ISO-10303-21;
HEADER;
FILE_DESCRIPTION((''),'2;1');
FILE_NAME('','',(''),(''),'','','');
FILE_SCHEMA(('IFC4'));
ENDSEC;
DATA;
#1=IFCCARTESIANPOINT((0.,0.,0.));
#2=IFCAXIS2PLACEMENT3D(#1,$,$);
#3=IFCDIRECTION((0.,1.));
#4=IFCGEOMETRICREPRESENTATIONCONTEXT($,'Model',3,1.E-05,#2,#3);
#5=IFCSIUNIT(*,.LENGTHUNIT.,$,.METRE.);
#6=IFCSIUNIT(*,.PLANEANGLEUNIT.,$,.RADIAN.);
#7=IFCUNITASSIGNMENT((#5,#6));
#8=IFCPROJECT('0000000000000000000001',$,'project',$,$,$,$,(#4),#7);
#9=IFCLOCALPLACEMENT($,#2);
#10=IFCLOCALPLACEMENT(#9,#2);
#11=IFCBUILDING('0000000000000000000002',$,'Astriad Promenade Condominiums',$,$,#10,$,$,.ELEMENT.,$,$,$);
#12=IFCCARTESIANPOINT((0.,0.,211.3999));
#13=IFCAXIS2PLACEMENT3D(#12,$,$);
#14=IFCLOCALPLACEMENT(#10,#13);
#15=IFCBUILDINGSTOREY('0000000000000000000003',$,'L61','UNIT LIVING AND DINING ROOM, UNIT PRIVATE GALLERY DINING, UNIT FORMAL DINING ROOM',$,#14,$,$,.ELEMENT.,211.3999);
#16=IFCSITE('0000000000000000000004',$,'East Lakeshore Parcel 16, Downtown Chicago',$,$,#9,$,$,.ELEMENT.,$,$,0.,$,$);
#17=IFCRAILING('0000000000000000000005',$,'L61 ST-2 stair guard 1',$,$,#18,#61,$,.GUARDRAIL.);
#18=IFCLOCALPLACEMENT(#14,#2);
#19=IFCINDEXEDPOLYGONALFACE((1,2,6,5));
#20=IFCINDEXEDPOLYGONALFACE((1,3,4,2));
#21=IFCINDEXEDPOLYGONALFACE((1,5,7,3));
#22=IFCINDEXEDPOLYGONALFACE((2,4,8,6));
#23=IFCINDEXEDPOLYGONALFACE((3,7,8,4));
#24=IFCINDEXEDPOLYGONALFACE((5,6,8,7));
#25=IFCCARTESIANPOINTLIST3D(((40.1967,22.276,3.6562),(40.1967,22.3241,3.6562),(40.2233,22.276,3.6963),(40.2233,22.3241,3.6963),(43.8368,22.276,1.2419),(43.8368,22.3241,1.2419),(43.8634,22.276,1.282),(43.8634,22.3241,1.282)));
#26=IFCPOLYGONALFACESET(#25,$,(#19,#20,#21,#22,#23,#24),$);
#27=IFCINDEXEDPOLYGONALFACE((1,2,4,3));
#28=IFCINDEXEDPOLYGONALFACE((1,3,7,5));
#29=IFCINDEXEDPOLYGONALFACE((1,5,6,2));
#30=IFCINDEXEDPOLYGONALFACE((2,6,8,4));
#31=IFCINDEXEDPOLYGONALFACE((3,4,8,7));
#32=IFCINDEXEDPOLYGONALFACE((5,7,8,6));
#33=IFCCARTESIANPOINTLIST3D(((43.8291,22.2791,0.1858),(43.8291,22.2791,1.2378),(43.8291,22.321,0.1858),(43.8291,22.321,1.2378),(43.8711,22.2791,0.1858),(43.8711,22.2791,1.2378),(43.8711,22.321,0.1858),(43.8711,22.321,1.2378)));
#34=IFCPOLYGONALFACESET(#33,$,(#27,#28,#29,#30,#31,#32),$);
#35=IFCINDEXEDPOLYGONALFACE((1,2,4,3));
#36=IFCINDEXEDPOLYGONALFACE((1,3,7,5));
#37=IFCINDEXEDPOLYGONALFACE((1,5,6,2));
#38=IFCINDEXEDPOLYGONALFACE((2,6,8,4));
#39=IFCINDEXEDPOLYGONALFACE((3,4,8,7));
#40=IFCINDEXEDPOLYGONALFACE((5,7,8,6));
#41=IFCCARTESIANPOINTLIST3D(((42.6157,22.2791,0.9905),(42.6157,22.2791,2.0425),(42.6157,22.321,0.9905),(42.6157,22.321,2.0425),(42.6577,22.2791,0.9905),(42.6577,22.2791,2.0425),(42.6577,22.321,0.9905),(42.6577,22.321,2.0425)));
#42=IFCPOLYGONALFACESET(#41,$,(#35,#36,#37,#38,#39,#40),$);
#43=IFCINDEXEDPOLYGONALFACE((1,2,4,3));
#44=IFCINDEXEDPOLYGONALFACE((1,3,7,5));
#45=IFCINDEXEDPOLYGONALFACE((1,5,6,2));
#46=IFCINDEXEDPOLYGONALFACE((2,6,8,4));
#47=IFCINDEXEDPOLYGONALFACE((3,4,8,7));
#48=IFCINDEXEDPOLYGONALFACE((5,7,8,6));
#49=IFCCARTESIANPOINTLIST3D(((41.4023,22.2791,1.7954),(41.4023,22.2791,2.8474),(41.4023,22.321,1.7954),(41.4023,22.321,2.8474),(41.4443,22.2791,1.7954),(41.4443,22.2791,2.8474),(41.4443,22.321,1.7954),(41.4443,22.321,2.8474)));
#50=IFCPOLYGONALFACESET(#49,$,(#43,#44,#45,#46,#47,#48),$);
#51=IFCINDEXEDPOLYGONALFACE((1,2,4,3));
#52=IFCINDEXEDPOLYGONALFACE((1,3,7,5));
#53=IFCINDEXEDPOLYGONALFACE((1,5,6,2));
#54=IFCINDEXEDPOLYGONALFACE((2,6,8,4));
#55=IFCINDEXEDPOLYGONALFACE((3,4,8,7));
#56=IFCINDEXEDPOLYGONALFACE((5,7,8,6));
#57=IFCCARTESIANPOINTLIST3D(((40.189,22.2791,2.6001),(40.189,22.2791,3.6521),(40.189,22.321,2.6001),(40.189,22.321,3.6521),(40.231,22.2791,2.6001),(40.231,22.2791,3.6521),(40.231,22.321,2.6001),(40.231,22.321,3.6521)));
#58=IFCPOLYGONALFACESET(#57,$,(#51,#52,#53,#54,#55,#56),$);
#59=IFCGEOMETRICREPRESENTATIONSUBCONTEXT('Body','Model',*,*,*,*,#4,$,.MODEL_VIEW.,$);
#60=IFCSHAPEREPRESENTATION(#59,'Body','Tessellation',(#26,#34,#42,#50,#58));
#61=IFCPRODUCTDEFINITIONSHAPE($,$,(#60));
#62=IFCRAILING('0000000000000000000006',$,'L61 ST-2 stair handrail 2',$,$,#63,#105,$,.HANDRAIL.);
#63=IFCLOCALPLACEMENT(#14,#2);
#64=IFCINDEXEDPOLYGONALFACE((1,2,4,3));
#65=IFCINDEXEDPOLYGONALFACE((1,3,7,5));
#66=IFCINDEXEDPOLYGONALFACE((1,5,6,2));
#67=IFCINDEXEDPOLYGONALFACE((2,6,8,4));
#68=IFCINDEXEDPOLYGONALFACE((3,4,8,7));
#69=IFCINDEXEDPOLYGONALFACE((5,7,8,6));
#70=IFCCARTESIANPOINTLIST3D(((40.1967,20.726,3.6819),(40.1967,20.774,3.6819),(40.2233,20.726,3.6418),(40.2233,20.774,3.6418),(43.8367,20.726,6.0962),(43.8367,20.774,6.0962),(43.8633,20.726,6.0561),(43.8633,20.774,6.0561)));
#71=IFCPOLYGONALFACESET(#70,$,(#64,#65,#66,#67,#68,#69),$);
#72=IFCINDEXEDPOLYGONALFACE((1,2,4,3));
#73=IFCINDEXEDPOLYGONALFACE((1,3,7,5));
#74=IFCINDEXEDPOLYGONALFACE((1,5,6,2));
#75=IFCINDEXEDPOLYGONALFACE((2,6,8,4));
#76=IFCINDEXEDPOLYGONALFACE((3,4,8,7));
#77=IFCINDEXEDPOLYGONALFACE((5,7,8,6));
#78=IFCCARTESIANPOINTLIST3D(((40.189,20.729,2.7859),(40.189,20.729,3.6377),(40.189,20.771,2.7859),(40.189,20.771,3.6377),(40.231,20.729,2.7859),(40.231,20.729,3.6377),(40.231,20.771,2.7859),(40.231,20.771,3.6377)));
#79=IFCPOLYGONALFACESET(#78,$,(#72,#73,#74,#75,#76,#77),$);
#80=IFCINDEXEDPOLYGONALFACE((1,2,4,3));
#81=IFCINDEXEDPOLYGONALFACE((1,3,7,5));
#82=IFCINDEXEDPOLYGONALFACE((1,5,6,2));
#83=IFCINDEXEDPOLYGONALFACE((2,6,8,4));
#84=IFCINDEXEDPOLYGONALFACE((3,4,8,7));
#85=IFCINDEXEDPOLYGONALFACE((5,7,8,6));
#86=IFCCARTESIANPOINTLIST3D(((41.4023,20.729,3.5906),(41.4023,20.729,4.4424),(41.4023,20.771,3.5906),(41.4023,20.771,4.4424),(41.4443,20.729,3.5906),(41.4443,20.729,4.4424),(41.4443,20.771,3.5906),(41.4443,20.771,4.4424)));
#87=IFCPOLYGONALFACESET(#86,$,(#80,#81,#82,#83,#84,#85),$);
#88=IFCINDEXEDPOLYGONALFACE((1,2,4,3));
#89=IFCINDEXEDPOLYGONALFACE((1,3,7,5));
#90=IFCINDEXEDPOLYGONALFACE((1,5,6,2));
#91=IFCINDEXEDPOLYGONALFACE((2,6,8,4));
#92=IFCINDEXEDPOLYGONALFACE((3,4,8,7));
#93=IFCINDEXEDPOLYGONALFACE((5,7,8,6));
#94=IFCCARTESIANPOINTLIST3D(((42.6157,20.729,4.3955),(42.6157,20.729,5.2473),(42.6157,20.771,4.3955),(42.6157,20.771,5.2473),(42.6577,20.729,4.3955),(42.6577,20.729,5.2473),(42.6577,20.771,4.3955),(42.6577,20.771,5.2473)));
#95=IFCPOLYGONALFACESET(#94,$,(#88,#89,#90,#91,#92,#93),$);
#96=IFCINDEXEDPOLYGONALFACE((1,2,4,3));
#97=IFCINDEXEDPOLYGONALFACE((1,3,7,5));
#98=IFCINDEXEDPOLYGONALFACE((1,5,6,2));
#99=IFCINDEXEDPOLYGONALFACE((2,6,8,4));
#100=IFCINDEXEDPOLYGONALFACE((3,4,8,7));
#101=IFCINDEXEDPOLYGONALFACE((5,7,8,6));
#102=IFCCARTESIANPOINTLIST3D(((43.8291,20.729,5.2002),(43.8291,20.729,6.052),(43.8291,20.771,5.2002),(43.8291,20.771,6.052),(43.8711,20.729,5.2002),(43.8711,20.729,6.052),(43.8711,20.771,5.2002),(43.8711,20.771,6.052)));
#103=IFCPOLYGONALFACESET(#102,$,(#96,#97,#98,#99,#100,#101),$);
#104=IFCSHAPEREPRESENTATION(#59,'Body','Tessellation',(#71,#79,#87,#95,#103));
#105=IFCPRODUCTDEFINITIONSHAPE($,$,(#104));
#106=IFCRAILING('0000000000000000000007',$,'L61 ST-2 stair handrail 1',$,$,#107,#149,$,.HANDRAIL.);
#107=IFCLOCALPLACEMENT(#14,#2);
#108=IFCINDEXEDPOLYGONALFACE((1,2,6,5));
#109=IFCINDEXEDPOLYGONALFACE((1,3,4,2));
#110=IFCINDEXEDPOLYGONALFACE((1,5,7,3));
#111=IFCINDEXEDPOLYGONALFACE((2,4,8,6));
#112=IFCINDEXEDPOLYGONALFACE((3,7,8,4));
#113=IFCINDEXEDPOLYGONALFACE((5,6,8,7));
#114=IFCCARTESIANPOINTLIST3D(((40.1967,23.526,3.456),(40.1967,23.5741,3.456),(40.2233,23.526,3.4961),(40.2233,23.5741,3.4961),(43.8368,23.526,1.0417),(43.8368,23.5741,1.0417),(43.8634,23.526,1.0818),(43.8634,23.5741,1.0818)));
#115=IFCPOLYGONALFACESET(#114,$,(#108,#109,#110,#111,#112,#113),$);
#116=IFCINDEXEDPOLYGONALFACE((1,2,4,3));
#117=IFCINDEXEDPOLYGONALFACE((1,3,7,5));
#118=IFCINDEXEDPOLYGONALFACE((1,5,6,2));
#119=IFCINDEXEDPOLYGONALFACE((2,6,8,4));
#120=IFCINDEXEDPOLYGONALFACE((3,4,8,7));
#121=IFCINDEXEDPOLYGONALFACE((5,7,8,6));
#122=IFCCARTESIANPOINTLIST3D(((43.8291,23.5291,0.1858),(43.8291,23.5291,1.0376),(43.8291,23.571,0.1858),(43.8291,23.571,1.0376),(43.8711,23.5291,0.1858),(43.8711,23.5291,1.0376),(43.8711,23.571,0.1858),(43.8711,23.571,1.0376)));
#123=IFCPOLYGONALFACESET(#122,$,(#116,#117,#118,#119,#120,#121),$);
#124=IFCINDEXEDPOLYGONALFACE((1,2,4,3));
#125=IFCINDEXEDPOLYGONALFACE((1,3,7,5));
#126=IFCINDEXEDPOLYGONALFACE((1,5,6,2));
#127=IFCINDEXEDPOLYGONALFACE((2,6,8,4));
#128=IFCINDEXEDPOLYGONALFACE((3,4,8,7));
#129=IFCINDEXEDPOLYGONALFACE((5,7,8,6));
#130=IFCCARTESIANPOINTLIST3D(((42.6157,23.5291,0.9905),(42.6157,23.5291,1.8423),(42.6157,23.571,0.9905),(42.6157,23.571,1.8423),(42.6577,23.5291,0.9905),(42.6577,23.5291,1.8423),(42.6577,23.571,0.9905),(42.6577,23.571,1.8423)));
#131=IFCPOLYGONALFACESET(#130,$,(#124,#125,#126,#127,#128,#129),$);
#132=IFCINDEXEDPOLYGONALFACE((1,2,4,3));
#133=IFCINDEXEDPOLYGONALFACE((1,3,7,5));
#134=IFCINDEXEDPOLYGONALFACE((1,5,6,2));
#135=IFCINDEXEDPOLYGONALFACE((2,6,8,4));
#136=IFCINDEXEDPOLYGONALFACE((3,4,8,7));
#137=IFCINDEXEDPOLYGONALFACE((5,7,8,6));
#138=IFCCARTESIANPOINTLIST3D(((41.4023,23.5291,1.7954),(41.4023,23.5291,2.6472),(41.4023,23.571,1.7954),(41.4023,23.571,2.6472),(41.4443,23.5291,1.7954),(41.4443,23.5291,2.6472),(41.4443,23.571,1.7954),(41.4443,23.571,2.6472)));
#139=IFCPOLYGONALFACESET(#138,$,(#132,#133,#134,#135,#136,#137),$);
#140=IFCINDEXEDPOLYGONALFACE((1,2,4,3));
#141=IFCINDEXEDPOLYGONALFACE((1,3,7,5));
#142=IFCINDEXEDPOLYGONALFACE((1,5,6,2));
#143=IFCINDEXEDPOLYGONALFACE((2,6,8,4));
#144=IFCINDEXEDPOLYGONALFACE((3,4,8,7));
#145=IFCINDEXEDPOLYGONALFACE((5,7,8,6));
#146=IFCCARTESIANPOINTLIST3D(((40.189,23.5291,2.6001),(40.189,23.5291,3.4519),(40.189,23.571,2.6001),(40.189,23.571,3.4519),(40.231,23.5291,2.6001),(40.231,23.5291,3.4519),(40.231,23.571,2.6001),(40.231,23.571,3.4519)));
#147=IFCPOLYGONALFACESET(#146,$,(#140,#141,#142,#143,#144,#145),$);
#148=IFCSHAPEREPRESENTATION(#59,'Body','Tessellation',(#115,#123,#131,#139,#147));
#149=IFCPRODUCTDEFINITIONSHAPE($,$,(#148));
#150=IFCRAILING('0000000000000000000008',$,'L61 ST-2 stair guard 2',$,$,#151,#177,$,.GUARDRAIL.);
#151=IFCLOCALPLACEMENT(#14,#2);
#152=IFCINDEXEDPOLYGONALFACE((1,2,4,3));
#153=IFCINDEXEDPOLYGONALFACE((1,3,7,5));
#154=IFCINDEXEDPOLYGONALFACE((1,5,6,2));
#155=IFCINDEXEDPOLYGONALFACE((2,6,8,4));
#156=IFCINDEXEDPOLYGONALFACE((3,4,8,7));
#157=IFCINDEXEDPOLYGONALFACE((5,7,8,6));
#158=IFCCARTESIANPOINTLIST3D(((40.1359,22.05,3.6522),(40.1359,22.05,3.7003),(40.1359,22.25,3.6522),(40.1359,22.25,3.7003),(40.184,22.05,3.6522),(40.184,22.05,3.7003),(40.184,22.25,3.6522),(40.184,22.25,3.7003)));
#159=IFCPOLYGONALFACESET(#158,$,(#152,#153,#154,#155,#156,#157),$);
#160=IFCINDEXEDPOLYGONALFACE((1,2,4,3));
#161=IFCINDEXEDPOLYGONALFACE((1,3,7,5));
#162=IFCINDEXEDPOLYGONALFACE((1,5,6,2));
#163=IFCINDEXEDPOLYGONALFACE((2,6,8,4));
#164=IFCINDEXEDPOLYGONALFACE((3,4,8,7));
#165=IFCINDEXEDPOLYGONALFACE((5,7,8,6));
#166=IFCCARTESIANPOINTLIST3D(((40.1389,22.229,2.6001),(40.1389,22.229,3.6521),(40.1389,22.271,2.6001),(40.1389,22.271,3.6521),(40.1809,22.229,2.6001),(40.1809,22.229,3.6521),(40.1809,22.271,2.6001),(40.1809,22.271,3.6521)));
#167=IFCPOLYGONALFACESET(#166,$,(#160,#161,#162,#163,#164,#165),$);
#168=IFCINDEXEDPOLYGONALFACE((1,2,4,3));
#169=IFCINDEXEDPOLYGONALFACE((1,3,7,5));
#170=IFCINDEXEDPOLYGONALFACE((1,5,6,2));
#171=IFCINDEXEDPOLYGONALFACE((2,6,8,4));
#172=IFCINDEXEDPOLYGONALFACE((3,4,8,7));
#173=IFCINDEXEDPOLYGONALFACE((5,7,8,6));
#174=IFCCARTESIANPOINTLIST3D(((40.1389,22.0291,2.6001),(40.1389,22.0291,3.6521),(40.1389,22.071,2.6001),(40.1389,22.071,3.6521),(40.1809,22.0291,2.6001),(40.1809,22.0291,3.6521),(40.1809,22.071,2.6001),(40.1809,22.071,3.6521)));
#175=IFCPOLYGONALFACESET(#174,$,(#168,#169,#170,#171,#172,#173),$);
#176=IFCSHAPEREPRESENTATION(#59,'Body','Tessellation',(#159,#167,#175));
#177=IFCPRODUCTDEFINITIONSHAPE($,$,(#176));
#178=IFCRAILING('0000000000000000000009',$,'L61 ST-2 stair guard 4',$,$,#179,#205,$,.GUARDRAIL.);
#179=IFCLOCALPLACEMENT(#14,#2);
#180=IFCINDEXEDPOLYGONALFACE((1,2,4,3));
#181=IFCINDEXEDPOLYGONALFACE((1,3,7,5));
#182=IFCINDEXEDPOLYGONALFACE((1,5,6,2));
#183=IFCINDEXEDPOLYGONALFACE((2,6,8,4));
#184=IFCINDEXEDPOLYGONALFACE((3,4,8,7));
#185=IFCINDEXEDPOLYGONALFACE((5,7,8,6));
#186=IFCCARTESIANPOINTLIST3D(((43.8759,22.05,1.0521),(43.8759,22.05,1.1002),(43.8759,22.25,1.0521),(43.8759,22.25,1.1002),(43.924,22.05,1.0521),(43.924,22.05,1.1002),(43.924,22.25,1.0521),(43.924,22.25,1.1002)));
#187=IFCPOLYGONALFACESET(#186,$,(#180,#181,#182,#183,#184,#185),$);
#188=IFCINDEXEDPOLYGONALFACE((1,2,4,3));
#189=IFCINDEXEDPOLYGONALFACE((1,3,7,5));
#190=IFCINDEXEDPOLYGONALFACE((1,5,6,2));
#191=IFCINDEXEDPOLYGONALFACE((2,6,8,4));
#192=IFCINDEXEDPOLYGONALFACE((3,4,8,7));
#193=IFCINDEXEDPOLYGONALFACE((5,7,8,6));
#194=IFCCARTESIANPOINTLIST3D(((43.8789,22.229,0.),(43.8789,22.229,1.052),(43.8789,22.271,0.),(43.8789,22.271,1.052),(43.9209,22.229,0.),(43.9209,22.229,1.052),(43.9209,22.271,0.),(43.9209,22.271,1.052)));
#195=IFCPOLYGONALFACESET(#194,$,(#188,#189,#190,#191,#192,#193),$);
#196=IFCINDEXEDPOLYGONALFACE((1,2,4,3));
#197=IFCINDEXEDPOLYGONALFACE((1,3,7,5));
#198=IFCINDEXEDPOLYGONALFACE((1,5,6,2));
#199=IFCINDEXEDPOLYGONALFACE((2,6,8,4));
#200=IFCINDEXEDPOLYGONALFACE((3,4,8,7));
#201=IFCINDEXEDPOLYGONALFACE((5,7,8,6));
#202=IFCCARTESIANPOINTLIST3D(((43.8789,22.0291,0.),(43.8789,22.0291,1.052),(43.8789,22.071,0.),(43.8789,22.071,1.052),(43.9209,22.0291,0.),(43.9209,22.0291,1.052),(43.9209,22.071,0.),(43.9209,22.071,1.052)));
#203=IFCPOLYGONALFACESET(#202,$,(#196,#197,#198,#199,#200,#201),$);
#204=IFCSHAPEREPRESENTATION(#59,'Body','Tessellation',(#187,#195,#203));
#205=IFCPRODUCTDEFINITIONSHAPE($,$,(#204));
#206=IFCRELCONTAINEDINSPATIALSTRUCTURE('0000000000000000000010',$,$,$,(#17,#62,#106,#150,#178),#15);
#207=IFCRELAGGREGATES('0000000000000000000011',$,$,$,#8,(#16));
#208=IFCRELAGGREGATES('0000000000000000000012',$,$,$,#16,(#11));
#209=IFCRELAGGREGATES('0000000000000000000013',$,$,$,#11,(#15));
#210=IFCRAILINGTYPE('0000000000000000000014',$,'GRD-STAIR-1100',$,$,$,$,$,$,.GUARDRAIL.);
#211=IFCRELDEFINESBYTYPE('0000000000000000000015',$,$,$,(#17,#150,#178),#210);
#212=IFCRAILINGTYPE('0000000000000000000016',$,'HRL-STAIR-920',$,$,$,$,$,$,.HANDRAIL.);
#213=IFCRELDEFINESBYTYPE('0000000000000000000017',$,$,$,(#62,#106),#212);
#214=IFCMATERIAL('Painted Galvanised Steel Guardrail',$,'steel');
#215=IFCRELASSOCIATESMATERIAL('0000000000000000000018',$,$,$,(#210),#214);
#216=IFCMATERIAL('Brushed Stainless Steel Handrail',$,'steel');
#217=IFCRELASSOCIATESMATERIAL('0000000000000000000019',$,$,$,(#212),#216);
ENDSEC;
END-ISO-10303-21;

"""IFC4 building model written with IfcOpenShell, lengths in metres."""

from ifc_helpers import new_model, si_unit, direction, frame, origin, origin_2d, place, context, subcontext, project, spatial, rectangle, extrude, source, transform, mapped, material, type_object, type_shapes, element, save


model = new_model("IFC4")

# Units and contexts
model_context = context("Model", 3, precision=1e-05, world=origin(), true_north=direction((0.0, 1.0)))
body_context = subcontext(model_context, "Body", "Model", "MODEL_VIEW")
ifc_project = project(units=[si_unit("LENGTHUNIT", "METRE"), si_unit("PLANEANGLEUNIT", "RADIAN")], contexts=[model_context])

# Site, building, storey
site_placement = place(None, origin())
site = spatial("IfcSite", under=ifc_project, at=site_placement, Name="East Lakeshore Parcel 16, Downtown Chicago", CompositionType="ELEMENT", RefElevation=0.0)
building_placement = place(site_placement, origin())
building = spatial("IfcBuilding", under=site, at=building_placement, Name="Astriad Promenade Condominiums", CompositionType="ELEMENT")
storey_placement = place(building_placement, frame((0.0, 0.0, 211.3999)))
storey = spatial("IfcBuildingStorey", under=building, at=storey_placement, Name="L61", Description="UNIT LIVING AND DINING ROOM, UNIT PRIVATE GALLERY DINING, UNIT FORMAL DINING ROOM", CompositionType="ELEMENT", Elevation=211.3999)

# Railings
ifc_material_1 = material(Name="Painted Galvanised Steel Guardrail", Category="steel")
railing_type_1 = type_object("IfcRailingType", Name="GRD-STAIR-1100", PredefinedType="GUARDRAIL", material=ifc_material_1)
shared_shape_1 = source(origin(), body_context, "Body", "SweptSolid", [
    extrude(rectangle(XDim=0.0481, YDim=0.0481, at=origin_2d()), frame((0.0, 0.0, 1.0762), z_axis=(-0.833364, 0.0, 0.552725), x_axis=(0.0, -1.0, 0.0)), (0.0, 0.0, 1.0), 4.3679),
    extrude(rectangle(XDim=0.042, YDim=0.042, at=origin_2d()), origin(), (0.0, 0.0, 1.0), 1.052),
    extrude(rectangle(XDim=0.042, YDim=0.042, at=origin_2d()), frame((-1.2134, 0.0, 0.8047)), (0.0, 0.0, 1.0), 1.052),
    extrude(rectangle(XDim=0.042, YDim=0.042, at=origin_2d()), frame((-2.4268, 0.0, 1.6096)), (0.0, 0.0, 1.0), 1.052),
    extrude(rectangle(XDim=0.042, YDim=0.042, at=origin_2d()), frame((-3.6401, 0.0, 2.4143)), (0.0, 0.0, 1.0), 1.052),
])
railing_1_placement = place(storey_placement, frame((43.8501, 22.3, 0.1858)))
element("IfcRailing", 1, at=railing_1_placement, inside=storey, type_object=railing_type_1, Name="L61 ST-2 stair guard 1", PredefinedType="GUARDRAIL", context=body_context, shape_type="MappedRepresentation", body=[
    mapped(shared_shape_1, transform((0.0, 0.0, 0.0), scale=1.0)),
])
ifc_material_2 = material(Name="Brushed Stainless Steel Handrail", Category="steel")
railing_type_2 = type_object("IfcRailingType", Name="HRL-STAIR-920", PredefinedType="HANDRAIL", material=ifc_material_2)
shared_shape_2 = source(origin(), body_context, "Body", "SweptSolid", [
    extrude(rectangle(XDim=0.0481, YDim=0.0481, at=origin_2d()), frame((0.0, 0.0, 0.876), z_axis=(0.833364, 0.0, 0.552725), x_axis=(0.0, 1.0, 0.0)), (0.0, 0.0, 1.0), 4.3679),
    extrude(rectangle(XDim=0.042, YDim=0.042, at=origin_2d()), origin(), (0.0, 0.0, 1.0), 0.8518),
    extrude(rectangle(XDim=0.042, YDim=0.042, at=origin_2d()), frame((1.2134, 0.0, 0.8047)), (0.0, 0.0, 1.0), 0.8518),
    extrude(rectangle(XDim=0.042, YDim=0.042, at=origin_2d()), frame((2.4268, 0.0, 1.6096)), (0.0, 0.0, 1.0), 0.8518),
    extrude(rectangle(XDim=0.042, YDim=0.042, at=origin_2d()), frame((3.6401, 0.0, 2.4143)), (0.0, 0.0, 1.0), 0.8518),
])
railing_2_placement = place(storey_placement, frame((40.21, 20.75, 2.7859)))
element("IfcRailing", 2, at=railing_2_placement, inside=storey, type_object=railing_type_2, Name="L61 ST-2 stair handrail 2", PredefinedType="HANDRAIL", context=body_context, shape_type="MappedRepresentation", body=[
    mapped(shared_shape_2, transform((0.0, 0.0, 0.0), scale=1.0)),
])
shared_shape_3 = source(origin(), body_context, "Body", "SweptSolid", [
    extrude(rectangle(XDim=0.0481, YDim=0.0481, at=origin_2d()), frame((0.0, 0.0, 0.876), z_axis=(-0.833364, 0.0, 0.552725), x_axis=(0.0, -1.0, 0.0)), (0.0, 0.0, 1.0), 4.3679),
    extrude(rectangle(XDim=0.042, YDim=0.042, at=origin_2d()), origin(), (0.0, 0.0, 1.0), 0.8518),
    extrude(rectangle(XDim=0.042, YDim=0.042, at=origin_2d()), frame((-1.2134, 0.0, 0.8047)), (0.0, 0.0, 1.0), 0.8518),
    extrude(rectangle(XDim=0.042, YDim=0.042, at=origin_2d()), frame((-2.4268, 0.0, 1.6096)), (0.0, 0.0, 1.0), 0.8518),
    extrude(rectangle(XDim=0.042, YDim=0.042, at=origin_2d()), frame((-3.6401, 0.0, 2.4143)), (0.0, 0.0, 1.0), 0.8518),
])
type_shapes(railing_type_2, [shared_shape_2, shared_shape_3])
railing_3_placement = place(storey_placement, frame((43.8501, 23.55, 0.1858)))
element("IfcRailing", 3, at=railing_3_placement, inside=storey, type_object=railing_type_2, Name="L61 ST-2 stair handrail 1", PredefinedType="HANDRAIL", context=body_context, shape_type="MappedRepresentation", body=[
    mapped(shared_shape_3, transform((0.0, 0.0, 0.0), scale=1.0)),
])
shared_shape_4 = source(origin(), body_context, "Body", "SweptSolid", [
    extrude(rectangle(XDim=0.0481, YDim=0.0481, at=origin_2d()), frame((0.0, 0.0, 1.0762), z_axis=(0.0, -1.0, 0.0), x_axis=(1.0, 0.0, 0.0)), (0.0, 0.0, 1.0), 0.2),
    extrude(rectangle(XDim=0.042, YDim=0.042, at=origin_2d()), origin(), (0.0, 0.0, 1.0), 1.052),
    extrude(rectangle(XDim=0.042, YDim=0.042, at=origin_2d()), frame((0.0, -0.2, 0.0)), (0.0, 0.0, 1.0), 1.052),
])
for number, where, name in (
    (4, (40.1599, 22.25, 2.6001), "L61 ST-2 stair guard 2"),
    (5, (43.8999, 22.25, 0.0), "L61 ST-2 stair guard 4"),
):
    element("IfcRailing", number, at=place(storey_placement, frame(where)), inside=storey, type_object=railing_type_1, Name=name, PredefinedType="GUARDRAIL", context=body_context, shape_type="MappedRepresentation", body=[
        mapped(shared_shape_4, transform((0.0, 0.0, 0.0), scale=1.0)),
    ])

save(model, "model.ifc")
